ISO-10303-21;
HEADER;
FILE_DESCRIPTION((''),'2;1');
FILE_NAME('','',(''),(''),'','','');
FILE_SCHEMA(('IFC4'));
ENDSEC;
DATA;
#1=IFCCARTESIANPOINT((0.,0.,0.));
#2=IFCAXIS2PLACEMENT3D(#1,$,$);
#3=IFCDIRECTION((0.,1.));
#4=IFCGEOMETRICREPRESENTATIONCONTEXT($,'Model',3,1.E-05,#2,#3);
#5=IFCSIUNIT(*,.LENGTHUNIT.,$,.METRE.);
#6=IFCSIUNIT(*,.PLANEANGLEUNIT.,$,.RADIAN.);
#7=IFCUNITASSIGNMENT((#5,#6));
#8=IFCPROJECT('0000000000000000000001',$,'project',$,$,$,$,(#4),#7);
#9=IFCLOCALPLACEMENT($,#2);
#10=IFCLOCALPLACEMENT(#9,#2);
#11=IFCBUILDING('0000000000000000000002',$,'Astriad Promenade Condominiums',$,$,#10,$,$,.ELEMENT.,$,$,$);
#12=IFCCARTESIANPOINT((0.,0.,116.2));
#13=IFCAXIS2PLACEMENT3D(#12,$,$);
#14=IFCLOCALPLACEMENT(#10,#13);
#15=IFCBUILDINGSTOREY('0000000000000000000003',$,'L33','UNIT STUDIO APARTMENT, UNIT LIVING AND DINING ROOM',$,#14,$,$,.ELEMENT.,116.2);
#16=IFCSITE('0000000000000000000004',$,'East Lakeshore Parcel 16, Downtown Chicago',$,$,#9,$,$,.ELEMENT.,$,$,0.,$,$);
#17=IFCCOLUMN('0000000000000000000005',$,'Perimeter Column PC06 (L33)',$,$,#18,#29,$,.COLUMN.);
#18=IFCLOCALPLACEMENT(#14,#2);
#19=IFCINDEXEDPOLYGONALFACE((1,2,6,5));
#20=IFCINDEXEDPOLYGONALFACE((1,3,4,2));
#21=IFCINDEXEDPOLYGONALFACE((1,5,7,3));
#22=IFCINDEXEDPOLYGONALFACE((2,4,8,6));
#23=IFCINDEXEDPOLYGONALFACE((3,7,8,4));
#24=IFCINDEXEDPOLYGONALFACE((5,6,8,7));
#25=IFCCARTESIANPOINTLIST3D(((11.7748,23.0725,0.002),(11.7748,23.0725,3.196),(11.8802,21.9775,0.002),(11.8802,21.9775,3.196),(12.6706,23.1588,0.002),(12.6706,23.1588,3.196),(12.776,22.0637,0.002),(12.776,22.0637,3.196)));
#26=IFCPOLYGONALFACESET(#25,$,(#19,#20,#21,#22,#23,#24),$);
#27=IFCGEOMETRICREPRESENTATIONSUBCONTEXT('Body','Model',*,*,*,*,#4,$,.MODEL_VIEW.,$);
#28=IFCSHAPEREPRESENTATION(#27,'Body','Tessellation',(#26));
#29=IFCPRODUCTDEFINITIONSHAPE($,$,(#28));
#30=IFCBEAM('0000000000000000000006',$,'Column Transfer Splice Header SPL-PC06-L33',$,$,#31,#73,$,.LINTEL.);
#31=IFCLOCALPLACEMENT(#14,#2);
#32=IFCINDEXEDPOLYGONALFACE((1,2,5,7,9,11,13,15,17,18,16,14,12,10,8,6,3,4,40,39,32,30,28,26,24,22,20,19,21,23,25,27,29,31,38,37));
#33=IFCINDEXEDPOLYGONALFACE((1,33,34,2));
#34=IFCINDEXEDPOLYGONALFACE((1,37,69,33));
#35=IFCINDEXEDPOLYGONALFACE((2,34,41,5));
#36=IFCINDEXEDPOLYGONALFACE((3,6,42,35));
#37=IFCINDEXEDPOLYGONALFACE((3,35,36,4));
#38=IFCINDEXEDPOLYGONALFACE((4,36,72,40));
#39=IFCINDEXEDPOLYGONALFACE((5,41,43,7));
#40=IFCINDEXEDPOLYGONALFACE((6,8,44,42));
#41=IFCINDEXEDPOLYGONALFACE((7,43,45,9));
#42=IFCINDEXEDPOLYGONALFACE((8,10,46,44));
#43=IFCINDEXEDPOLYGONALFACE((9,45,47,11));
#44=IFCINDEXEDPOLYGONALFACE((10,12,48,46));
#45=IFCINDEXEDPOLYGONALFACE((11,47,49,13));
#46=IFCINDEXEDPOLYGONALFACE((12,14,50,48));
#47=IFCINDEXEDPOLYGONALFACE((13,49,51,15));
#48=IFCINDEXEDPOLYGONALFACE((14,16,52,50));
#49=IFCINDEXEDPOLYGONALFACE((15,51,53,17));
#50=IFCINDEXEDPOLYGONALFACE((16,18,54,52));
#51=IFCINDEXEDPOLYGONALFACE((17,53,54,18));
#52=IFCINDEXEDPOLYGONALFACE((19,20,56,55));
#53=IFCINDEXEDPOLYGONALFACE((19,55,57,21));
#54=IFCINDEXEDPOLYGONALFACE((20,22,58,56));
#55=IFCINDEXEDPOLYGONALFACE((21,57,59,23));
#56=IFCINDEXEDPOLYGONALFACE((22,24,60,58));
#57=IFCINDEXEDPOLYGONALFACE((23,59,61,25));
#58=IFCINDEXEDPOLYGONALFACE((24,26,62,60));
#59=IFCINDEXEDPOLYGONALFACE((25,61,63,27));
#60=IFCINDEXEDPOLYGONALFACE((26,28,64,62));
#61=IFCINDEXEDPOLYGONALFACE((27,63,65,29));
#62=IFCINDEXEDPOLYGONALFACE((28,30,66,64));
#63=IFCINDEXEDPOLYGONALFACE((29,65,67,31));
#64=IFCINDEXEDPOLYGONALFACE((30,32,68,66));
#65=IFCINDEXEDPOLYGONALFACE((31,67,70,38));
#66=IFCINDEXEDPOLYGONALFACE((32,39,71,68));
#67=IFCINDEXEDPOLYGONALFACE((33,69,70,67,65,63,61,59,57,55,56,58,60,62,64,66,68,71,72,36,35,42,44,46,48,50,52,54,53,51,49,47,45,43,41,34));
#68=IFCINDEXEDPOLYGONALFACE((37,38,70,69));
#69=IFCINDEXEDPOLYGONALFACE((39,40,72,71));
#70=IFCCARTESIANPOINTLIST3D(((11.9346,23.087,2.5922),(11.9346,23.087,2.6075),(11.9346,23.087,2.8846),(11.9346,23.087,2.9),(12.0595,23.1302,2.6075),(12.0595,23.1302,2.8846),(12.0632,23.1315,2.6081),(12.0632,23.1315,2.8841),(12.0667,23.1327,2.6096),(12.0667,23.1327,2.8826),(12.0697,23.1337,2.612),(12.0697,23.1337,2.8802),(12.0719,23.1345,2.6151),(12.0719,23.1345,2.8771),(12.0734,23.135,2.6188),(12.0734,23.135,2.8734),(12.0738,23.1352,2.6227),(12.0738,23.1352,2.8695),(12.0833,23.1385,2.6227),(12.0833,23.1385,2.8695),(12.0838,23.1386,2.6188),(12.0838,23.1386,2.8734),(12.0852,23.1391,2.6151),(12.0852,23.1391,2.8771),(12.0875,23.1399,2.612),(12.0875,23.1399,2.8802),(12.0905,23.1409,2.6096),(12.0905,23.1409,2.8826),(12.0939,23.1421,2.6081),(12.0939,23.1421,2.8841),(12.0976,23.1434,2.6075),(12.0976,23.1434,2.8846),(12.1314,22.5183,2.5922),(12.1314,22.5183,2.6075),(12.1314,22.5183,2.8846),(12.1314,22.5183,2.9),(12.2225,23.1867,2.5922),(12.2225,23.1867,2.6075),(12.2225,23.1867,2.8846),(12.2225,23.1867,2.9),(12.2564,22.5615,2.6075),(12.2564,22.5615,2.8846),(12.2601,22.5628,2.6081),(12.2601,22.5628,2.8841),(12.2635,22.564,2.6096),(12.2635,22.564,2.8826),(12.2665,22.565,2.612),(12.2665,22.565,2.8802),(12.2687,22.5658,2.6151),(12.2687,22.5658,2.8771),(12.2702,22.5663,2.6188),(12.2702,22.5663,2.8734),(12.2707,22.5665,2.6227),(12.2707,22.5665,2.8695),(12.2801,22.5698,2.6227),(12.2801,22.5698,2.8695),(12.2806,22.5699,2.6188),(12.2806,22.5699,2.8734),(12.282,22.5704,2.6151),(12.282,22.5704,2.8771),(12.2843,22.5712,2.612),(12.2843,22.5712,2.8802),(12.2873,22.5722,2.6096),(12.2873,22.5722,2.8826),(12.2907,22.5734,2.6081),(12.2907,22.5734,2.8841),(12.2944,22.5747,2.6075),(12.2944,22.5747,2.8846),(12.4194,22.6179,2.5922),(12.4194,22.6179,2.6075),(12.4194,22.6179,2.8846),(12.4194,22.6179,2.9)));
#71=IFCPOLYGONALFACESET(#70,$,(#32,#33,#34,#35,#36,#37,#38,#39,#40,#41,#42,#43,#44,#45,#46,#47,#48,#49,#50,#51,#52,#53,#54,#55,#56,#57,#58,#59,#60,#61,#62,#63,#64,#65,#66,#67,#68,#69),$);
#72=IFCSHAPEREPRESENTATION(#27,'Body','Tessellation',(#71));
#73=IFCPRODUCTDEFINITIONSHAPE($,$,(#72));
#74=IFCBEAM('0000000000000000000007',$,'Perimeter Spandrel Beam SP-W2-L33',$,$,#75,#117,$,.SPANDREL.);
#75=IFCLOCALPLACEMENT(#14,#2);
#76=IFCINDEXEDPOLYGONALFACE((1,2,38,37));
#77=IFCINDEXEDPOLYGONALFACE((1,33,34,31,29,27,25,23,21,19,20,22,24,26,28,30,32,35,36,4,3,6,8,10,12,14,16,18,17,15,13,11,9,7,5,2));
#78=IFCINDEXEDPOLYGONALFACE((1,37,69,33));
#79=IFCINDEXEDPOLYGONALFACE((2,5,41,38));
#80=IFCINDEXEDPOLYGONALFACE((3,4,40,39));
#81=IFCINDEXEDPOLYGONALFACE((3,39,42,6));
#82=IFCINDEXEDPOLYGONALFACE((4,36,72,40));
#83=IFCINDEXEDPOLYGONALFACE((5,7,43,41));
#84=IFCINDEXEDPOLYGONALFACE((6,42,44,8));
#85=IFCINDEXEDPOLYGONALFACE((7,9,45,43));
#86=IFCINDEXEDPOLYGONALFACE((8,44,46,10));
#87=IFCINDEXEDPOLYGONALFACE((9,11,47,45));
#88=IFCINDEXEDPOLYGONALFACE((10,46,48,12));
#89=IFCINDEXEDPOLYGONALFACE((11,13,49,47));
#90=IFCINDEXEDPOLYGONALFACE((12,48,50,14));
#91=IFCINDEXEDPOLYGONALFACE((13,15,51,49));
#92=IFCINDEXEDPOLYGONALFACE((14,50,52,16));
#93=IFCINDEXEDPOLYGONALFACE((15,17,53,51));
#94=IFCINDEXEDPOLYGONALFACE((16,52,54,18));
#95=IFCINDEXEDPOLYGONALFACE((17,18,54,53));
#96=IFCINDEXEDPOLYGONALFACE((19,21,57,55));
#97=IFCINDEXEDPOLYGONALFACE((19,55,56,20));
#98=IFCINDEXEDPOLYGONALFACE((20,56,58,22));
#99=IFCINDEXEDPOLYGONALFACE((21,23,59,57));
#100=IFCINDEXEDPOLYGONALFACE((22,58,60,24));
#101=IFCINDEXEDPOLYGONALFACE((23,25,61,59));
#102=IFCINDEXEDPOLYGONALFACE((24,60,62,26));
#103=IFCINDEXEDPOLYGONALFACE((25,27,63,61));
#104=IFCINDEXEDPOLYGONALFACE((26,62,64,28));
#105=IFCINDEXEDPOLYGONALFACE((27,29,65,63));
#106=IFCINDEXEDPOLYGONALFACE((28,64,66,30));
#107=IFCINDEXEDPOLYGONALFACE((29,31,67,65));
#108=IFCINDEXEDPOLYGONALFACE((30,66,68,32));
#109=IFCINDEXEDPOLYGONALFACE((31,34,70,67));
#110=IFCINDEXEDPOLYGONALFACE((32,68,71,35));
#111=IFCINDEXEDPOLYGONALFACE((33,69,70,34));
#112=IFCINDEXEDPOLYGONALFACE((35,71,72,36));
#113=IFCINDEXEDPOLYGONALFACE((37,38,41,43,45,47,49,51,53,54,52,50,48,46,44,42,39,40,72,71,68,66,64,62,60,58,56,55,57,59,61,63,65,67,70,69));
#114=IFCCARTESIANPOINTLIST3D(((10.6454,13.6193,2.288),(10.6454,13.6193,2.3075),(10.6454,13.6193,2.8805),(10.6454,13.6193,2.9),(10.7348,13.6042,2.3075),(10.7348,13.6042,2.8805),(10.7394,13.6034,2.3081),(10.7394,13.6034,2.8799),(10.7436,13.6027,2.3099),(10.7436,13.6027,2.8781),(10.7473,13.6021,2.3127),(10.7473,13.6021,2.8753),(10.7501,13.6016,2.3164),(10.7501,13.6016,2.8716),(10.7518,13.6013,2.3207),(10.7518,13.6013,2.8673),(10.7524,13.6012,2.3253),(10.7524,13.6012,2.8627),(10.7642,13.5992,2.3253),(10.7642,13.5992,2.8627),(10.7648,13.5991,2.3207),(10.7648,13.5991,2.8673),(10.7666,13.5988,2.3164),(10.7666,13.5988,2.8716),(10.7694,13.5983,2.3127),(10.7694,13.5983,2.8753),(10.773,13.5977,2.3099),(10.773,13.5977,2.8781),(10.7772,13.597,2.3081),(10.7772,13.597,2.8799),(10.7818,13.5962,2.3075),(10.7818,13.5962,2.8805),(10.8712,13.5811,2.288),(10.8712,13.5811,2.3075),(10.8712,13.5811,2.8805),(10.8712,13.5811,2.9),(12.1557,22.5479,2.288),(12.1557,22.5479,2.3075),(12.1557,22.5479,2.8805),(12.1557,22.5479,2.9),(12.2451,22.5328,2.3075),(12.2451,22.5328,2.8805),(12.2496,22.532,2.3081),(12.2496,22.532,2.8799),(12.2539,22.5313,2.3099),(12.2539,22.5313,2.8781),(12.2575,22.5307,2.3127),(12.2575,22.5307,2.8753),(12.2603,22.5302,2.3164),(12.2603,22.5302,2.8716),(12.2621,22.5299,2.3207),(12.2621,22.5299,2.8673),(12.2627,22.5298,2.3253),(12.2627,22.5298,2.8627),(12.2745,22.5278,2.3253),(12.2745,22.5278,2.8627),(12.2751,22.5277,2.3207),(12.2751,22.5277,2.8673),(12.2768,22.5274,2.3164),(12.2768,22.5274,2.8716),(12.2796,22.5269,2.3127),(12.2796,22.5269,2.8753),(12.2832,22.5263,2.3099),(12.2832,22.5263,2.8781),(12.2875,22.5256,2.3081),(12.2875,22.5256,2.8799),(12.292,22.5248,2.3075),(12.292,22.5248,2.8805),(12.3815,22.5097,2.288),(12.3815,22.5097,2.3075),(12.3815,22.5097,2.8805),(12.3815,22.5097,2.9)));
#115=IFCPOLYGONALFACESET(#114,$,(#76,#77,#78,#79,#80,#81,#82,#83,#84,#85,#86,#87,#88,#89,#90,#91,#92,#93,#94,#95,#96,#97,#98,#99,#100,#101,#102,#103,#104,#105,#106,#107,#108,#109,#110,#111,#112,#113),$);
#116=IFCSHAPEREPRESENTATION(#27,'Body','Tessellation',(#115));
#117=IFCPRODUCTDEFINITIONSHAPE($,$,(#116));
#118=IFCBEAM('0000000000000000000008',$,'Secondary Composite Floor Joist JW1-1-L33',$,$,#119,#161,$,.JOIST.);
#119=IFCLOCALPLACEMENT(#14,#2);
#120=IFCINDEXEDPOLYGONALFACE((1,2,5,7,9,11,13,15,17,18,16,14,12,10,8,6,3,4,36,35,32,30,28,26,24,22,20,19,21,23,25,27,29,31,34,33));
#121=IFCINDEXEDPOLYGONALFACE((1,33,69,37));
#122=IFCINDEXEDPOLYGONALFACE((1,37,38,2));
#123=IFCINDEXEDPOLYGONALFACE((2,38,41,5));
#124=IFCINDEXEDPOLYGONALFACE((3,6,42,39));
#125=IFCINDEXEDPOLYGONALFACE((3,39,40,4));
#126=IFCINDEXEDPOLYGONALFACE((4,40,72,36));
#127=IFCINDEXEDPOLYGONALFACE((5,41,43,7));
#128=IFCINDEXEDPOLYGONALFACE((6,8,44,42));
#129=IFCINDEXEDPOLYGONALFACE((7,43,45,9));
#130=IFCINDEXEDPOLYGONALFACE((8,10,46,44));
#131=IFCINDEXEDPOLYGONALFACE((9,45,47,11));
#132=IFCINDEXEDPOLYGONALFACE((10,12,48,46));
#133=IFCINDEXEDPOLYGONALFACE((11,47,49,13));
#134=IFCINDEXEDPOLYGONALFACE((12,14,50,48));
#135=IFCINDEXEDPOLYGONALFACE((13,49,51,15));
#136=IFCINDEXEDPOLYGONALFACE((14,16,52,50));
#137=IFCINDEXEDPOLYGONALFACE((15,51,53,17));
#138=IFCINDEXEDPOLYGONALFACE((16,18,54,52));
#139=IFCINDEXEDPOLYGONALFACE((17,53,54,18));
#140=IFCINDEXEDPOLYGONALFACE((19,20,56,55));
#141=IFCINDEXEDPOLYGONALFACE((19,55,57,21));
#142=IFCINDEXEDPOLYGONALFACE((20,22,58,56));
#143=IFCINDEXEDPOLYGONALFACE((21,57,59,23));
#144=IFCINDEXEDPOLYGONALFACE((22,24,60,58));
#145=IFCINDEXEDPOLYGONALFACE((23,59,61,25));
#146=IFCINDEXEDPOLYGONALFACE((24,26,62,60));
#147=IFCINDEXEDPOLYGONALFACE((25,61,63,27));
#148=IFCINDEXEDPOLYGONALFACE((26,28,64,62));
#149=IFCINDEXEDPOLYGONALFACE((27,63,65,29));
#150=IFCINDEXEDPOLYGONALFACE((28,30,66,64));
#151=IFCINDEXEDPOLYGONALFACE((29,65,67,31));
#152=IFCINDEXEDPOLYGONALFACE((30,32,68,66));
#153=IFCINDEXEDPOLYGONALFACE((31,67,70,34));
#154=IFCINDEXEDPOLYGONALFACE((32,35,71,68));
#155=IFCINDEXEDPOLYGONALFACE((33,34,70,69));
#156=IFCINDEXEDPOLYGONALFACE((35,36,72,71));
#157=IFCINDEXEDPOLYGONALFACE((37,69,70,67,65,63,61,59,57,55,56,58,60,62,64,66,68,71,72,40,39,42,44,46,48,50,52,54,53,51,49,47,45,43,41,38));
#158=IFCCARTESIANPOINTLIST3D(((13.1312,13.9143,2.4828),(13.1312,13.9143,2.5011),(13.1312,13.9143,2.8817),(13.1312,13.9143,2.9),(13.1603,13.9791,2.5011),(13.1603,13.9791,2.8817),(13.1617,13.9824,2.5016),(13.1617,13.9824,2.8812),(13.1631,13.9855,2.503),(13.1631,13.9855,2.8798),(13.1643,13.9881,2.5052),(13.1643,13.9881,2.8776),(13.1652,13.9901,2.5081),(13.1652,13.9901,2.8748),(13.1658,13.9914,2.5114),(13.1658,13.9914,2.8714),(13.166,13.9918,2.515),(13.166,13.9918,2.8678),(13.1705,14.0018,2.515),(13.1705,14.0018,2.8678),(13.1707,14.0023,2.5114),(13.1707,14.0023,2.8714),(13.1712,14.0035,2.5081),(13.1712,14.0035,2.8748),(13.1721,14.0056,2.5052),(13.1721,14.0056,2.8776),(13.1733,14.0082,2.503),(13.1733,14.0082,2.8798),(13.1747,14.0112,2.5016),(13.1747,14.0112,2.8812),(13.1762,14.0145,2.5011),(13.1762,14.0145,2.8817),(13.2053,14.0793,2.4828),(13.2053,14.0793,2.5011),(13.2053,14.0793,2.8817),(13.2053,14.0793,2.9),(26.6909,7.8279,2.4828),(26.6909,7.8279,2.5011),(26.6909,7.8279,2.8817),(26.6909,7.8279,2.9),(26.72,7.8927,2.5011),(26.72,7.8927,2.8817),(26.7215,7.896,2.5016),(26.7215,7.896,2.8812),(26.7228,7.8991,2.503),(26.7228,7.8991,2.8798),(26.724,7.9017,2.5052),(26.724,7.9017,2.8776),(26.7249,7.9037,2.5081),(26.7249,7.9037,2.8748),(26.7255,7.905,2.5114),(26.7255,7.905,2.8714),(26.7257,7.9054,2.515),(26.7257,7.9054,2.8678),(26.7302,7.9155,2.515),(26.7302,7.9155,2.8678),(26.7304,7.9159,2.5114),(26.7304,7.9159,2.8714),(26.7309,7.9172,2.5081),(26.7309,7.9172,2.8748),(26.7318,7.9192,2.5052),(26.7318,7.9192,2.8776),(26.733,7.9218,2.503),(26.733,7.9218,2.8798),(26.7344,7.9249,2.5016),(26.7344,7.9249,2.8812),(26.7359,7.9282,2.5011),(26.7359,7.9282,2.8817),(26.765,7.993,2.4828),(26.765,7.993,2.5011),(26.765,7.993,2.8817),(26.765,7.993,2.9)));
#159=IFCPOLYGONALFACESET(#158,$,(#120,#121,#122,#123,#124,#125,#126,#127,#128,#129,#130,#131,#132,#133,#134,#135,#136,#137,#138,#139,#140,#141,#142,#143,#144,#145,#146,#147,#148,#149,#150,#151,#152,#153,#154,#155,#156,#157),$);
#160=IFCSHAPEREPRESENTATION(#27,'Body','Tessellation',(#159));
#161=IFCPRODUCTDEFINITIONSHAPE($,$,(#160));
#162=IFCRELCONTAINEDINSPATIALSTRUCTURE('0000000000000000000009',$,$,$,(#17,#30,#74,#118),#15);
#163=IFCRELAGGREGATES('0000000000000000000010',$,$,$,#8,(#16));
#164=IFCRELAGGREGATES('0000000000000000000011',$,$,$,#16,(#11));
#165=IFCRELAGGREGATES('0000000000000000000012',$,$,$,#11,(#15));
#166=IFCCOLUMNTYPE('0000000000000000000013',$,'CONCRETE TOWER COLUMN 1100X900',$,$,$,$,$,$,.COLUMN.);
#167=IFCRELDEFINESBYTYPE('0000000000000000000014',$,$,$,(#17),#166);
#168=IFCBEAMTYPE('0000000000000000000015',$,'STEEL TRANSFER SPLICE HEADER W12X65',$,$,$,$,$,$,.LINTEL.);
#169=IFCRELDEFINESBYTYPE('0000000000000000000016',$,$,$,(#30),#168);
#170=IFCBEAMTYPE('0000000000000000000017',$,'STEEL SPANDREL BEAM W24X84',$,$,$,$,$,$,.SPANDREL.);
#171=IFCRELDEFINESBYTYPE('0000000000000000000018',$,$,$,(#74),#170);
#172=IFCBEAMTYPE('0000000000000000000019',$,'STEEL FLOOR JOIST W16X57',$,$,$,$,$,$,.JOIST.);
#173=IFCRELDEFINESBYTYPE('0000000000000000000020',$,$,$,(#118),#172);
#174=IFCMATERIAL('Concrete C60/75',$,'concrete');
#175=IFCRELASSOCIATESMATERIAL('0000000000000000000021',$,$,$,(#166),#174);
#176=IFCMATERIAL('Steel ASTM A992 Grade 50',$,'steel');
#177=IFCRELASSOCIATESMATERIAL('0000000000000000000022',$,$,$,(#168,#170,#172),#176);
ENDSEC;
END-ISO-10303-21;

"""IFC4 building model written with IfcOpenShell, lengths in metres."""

from ifc_helpers import new_model, si_unit, direction, frame, origin, origin_2d, place, context, subcontext, project, spatial, rectangle, i_section, extrude, source, transform, mapped, material, material_profile, profile_set, type_object, type_shapes, element, save


model = new_model("IFC4")

# Units and contexts
model_context = context("Model", 3, precision=1e-05, world=origin(), true_north=direction((0.0, 1.0)))
body_context = subcontext(model_context, "Body", "Model", "MODEL_VIEW")
ifc_project = project(units=[si_unit("LENGTHUNIT", "METRE"), si_unit("PLANEANGLEUNIT", "RADIAN")], contexts=[model_context])

# Site, building, storey
site_placement = place(None, origin())
site = spatial("IfcSite", under=ifc_project, at=site_placement, Name="East Lakeshore Parcel 16, Downtown Chicago", CompositionType="ELEMENT", RefElevation=0.0)
building_placement = place(site_placement, origin())
building = spatial("IfcBuilding", under=site, at=building_placement, Name="Astriad Promenade Condominiums", CompositionType="ELEMENT")
storey_placement = place(building_placement, frame((0.0, 0.0, 116.2)))
storey = spatial("IfcBuildingStorey", under=building, at=storey_placement, Name="L33", Description="UNIT STUDIO APARTMENT, UNIT LIVING AND DINING ROOM", CompositionType="ELEMENT", Elevation=116.2)

# Column
ifc_material_1 = material(Name="Concrete C60/75", Category="concrete")
ifc_material_profile_1 = material_profile(ifc_material_1, rectangle(XDim=0.8999, YDim=1.1001, at=origin_2d()), Name="RC-COL-1100X900")
ifc_profile_set_1 = profile_set([ifc_material_profile_1], Name="Concrete C60/75")
column_type = type_object("IfcColumnType", Name="CONCRETE TOWER COLUMN 1100X900", PredefinedType="COLUMN", material=ifc_profile_set_1)
shared_shape_1 = source(origin(), body_context, "Body", "SweptSolid", [
    extrude(rectangle(XDim=0.8999, YDim=1.1001, at=origin_2d()), origin(), (0.0, 0.0, 1.0), 3.1941),
])
type_shapes(column_type, [shared_shape_1])
column_placement = place(storey_placement, frame((12.2754, 22.5681, 0.002), z_axis=(0.0, 0.0, 1.0), x_axis=(0.995396, 0.095846, 0.0)))
element("IfcColumn", 1, at=column_placement, inside=storey, type_object=column_type, Name="Perimeter Column PC06 (L33)", PredefinedType="COLUMN", context=body_context, shape_type="MappedRepresentation", body=[
    mapped(shared_shape_1, transform((0.0, 0.0, 0.0), scale=1.0)),
])

# Beams
ifc_material_2 = material(Name="Steel ASTM A992 Grade 50", Category="steel")
ifc_material_profile_2 = material_profile(ifc_material_2, i_section(OverallWidth=0.3047, OverallDepth=0.3079, WebThickness=0.01, FlangeThickness=0.0154, FilletRadius=0.0151, at=origin_2d()), Name="W12X65")
ifc_profile_set_2 = profile_set([ifc_material_profile_2], Name="Steel ASTM A992 Grade 50")
beam_type_1 = type_object("IfcBeamType", Name="STEEL TRANSFER SPLICE HEADER W12X65", PredefinedType="LINTEL", material=ifc_profile_set_2)
shared_shape_2 = source(origin(), body_context, "Body", "SweptSolid", [
    extrude(i_section(OverallWidth=0.3047, OverallDepth=0.3079, WebThickness=0.01, FlangeThickness=0.0154, FilletRadius=0.0151, at=origin_2d()), origin(), (0.0, 0.0, 1.0), 0.6018),
])
type_shapes(beam_type_1, [shared_shape_2])
beam_1_placement = place(storey_placement, frame((12.2754, 22.5681, 2.7461), z_axis=(-0.327041, 0.94501, 0.0), x_axis=(-0.94501, -0.327041, 0.0)))
element("IfcBeam", 2, at=beam_1_placement, inside=storey, type_object=beam_type_1, Name="Column Transfer Splice Header SPL-PC06-L33", PredefinedType="LINTEL", context=body_context, shape_type="MappedRepresentation", body=[
    mapped(shared_shape_2, transform((0.0, 0.0, 0.0), scale=1.0)),
])
ifc_material_profile_3 = material_profile(ifc_material_2, i_section(OverallWidth=0.229, OverallDepth=0.6121, WebThickness=0.012, FlangeThickness=0.0195, FilletRadius=0.0178, at=origin_2d()), Name="W24X84")
ifc_profile_set_3 = profile_set([ifc_material_profile_3], Name="Steel ASTM A992 Grade 50")
beam_type_2 = type_object("IfcBeamType", Name="STEEL SPANDREL BEAM W24X84", PredefinedType="SPANDREL", material=ifc_profile_set_3)
shared_shape_3 = source(origin(), body_context, "Body", "SweptSolid", [
    extrude(i_section(OverallWidth=0.229, OverallDepth=0.6121, WebThickness=0.012, FlangeThickness=0.0195, FilletRadius=0.0178, at=origin_2d()), origin(), (0.0, 0.0, 1.0), 9.0554),
])
type_shapes(beam_type_2, [shared_shape_3])
beam_2_placement = place(storey_placement, frame((12.2686, 22.5288, 2.594), z_axis=(-0.166777, -0.985995, 0.0), x_axis=(0.985995, -0.166777, 0.0)))
element("IfcBeam", 3, at=beam_2_placement, inside=storey, type_object=beam_type_2, Name="Perimeter Spandrel Beam SP-W2-L33", PredefinedType="SPANDREL", context=body_context, shape_type="MappedRepresentation", body=[
    mapped(shared_shape_3, transform((0.0, 0.0, 0.0), scale=1.0)),
])
ifc_material_profile_4 = material_profile(ifc_material_2, i_section(OverallWidth=0.1809, OverallDepth=0.4172, WebThickness=0.011, FlangeThickness=0.0183, FilletRadius=0.0139, at=origin_2d()), Name="W16X57")
ifc_profile_set_4 = profile_set([ifc_material_profile_4], Name="Steel ASTM A992 Grade 50")
beam_type_3 = type_object("IfcBeamType", Name="STEEL FLOOR JOIST W16X57", PredefinedType="JOIST", material=ifc_profile_set_4)
shared_shape_4 = source(origin(), body_context, "Body", "SweptSolid", [
    extrude(i_section(OverallWidth=0.1809, OverallDepth=0.4172, WebThickness=0.011, FlangeThickness=0.0183, FilletRadius=0.0139, at=origin_2d()), origin(), (0.0, 0.0, 1.0), 14.863),
])
beam_3_placement = place(storey_placement, frame((13.1682, 13.9968, 2.6914), z_axis=(0.912311, -0.409498, 0.0), x_axis=(0.409498, 0.912311, 0.0)))
element("IfcBeam", 4, at=beam_3_placement, inside=storey, type_object=beam_type_3, Name="Secondary Composite Floor Joist JW1-1-L33", PredefinedType="JOIST", context=body_context, shape_type="MappedRepresentation", body=[
    mapped(shared_shape_4, transform((0.0, 0.0, 0.0), scale=1.0)),
])

save(model, "model.ifc")
